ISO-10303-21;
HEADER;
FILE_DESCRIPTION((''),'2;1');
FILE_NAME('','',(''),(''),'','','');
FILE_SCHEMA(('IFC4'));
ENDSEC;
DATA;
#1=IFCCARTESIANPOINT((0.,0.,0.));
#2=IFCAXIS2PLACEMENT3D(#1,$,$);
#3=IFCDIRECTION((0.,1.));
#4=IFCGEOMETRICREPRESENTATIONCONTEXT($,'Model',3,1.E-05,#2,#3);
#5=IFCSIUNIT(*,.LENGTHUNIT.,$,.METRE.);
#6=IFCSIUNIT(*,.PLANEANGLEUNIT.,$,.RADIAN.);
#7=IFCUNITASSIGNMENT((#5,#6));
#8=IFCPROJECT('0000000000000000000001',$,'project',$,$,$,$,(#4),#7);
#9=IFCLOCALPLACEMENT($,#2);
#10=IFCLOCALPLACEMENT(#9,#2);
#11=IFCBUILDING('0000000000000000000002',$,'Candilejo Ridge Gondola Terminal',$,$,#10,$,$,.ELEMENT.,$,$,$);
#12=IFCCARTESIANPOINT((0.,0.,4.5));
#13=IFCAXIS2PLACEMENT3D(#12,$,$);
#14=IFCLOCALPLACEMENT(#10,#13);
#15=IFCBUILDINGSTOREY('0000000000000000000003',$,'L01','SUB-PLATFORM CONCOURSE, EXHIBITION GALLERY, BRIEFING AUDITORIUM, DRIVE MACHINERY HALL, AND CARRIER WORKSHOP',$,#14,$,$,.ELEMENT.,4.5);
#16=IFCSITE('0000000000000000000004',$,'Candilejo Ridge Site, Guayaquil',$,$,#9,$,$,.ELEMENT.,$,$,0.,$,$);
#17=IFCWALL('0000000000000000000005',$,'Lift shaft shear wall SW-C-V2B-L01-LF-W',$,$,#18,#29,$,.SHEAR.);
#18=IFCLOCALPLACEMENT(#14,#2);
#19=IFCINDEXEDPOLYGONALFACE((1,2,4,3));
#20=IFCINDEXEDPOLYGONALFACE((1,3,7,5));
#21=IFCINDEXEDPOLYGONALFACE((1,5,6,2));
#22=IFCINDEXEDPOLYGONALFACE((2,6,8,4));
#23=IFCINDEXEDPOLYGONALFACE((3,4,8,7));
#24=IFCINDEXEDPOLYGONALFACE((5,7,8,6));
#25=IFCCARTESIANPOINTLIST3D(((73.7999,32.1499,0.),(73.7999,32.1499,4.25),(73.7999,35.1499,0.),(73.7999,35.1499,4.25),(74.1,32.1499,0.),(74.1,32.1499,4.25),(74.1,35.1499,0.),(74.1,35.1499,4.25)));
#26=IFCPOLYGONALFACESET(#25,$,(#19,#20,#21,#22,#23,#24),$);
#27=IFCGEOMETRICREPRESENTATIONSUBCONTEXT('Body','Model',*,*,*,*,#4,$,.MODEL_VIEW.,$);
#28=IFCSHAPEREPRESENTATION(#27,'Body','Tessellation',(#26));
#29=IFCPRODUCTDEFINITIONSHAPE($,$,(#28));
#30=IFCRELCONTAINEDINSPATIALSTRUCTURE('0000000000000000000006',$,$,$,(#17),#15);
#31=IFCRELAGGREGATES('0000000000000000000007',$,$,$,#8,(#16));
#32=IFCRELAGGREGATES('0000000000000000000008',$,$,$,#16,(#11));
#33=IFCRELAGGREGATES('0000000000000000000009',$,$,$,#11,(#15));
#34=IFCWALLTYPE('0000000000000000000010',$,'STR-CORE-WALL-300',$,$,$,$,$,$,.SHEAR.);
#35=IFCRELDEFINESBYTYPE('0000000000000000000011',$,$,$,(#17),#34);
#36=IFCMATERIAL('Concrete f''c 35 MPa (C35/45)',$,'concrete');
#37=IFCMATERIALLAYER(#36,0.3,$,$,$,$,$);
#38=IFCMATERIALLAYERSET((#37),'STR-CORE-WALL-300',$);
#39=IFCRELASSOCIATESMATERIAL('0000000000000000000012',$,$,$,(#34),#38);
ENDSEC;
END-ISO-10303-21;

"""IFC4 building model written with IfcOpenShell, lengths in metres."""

from ifc_helpers import new_model, si_unit, direction, frame, frame_2d, origin, place, context, subcontext, project, spatial, rectangle, extrude, material, layer, layer_set, type_object, element, save


model = new_model("IFC4")

# Units and contexts
model_context = context("Model", 3, precision=1e-05, world=origin(), true_north=direction((0.0, 1.0)))
body_context = subcontext(model_context, "Body", "Model", "MODEL_VIEW")
ifc_project = project(units=[si_unit("LENGTHUNIT", "METRE"), si_unit("PLANEANGLEUNIT", "RADIAN")], contexts=[model_context])

# Site, building, storey
site_placement = place(None, origin())
site = spatial("IfcSite", under=ifc_project, at=site_placement, Name="Candilejo Ridge Site, Guayaquil", CompositionType="ELEMENT", RefElevation=0.0)
building_placement = place(site_placement, origin())
building = spatial("IfcBuilding", under=site, at=building_placement, Name="Candilejo Ridge Gondola Terminal", CompositionType="ELEMENT")
storey_placement = place(building_placement, frame((0.0, 0.0, 4.5)))
storey = spatial("IfcBuildingStorey", under=building, at=storey_placement, Name="L01", Description="SUB-PLATFORM CONCOURSE, EXHIBITION GALLERY, BRIEFING AUDITORIUM, DRIVE MACHINERY HALL, AND CARRIER WORKSHOP", CompositionType="ELEMENT", Elevation=4.5)

# Shared definitions
ifc_material_1 = material(Name="Concrete f'c 35 MPa (C35/45)", Category="concrete")
ifc_layer_1 = layer(ifc_material_1, 0.3)
ifc_layer_set_1 = layer_set([ifc_layer_1], Name="STR-CORE-WALL-300")
wall_type = type_object("IfcWallType", Name="STR-CORE-WALL-300", PredefinedType="SHEAR", material=ifc_layer_set_1)

# Wall
wall_1_placement = place(storey_placement, frame((73.95, 32.1499, 0.0), z_axis=(0.0, 0.0, 1.0), x_axis=(0.0, 1.0, 0.0)))
element("IfcWall", 1, at=wall_1_placement, inside=storey, type_object=wall_type, Name="Lift shaft shear wall SW-C-V2B-L01-LF-W", PredefinedType="SHEAR", context=body_context, shape_type="SweptSolid", body=[
    extrude(rectangle(XDim=3.0, YDim=0.3, at=frame_2d((1.5, 0.0))), origin(), (0.0, 0.0, 1.0), 4.25),
])

save(model, "model.ifc")
